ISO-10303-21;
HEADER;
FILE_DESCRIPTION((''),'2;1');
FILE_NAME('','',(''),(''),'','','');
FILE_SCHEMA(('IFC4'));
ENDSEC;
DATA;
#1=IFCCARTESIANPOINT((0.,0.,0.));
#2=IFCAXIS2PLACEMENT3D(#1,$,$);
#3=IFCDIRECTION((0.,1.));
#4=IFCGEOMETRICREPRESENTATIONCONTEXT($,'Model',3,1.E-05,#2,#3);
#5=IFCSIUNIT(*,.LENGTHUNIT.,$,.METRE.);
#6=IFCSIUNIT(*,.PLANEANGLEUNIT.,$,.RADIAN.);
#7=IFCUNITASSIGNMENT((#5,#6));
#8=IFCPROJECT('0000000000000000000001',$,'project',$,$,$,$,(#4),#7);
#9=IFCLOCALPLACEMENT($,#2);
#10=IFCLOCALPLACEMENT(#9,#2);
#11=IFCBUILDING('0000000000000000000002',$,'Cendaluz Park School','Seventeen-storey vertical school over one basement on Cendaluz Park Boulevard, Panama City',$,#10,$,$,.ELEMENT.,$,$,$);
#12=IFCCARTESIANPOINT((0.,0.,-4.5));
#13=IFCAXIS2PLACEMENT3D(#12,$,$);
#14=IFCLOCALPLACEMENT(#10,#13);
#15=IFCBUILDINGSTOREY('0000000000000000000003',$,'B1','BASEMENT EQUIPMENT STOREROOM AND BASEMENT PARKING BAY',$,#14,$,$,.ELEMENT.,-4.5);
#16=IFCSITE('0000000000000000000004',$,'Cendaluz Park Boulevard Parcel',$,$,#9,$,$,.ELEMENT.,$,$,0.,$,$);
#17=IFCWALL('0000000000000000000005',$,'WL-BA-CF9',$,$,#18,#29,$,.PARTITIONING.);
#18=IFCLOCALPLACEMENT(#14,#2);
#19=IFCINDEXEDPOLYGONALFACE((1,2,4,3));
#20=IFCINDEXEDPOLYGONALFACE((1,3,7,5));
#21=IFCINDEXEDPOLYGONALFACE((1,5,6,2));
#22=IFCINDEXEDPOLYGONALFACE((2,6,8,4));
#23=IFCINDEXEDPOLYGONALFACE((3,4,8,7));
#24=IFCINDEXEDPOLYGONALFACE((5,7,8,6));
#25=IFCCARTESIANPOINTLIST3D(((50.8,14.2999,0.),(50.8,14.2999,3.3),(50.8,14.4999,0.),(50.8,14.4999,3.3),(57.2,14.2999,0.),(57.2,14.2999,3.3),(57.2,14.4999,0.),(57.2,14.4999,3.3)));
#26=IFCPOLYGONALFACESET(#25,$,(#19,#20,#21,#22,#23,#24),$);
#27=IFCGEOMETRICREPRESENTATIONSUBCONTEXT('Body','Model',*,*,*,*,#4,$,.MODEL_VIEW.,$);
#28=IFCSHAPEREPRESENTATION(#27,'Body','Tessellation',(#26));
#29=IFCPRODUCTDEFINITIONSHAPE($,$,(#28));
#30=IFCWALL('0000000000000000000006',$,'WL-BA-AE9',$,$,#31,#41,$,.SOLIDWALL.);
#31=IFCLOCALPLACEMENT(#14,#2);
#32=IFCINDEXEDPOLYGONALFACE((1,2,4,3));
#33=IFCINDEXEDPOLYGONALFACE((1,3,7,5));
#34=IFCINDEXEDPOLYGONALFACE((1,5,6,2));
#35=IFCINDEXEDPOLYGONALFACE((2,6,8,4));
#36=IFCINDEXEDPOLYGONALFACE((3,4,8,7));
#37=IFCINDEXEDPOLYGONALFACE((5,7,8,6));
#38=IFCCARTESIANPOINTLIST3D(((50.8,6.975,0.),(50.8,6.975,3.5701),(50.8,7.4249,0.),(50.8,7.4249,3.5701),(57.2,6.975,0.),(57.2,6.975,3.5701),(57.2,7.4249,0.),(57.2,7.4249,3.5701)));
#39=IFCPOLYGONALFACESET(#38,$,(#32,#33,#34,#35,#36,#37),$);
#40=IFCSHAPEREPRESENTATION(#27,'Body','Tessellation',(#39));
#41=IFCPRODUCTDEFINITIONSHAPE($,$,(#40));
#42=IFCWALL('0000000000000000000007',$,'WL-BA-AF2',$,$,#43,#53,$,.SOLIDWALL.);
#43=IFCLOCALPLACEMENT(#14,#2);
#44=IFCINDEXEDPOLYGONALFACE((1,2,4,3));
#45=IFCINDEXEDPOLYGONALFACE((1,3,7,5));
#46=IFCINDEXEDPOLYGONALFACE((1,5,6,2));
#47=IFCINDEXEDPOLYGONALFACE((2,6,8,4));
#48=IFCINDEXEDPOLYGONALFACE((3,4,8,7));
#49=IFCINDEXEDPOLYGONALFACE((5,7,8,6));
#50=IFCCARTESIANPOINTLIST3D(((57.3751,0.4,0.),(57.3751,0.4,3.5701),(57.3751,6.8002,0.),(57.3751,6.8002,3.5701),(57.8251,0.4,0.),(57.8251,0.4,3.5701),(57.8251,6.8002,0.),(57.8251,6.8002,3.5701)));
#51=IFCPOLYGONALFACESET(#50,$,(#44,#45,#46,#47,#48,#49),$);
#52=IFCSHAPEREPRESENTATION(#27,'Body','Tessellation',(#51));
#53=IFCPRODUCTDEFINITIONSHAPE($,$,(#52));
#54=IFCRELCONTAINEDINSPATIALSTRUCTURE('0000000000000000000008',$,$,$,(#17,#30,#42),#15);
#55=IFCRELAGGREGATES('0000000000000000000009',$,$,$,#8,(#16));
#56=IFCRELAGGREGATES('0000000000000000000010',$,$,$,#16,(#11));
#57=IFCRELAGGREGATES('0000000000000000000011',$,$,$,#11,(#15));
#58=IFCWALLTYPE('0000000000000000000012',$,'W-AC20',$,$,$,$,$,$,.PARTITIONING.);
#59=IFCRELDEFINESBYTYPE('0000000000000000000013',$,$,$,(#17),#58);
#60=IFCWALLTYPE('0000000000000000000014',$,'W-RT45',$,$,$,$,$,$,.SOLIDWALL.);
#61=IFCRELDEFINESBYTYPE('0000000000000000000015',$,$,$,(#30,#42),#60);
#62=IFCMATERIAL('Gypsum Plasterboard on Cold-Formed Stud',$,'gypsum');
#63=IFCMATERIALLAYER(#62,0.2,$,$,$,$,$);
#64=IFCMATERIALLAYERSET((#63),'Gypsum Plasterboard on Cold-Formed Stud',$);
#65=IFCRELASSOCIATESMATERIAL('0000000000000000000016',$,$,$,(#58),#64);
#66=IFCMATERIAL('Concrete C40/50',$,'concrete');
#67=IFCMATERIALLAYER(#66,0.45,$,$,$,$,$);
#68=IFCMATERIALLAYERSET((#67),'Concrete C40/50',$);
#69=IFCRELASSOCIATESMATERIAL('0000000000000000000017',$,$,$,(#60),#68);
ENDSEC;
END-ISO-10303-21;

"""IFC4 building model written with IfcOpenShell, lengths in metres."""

from ifc_helpers import new_model, si_unit, direction, frame, frame_2d, origin, place, context, subcontext, project, spatial, rectangle, extrude, material, layer, layer_set, type_object, element, save


model = new_model("IFC4")

# Units and contexts
model_context = context("Model", 3, precision=1e-05, world=origin(), true_north=direction((0.0, 1.0)))
body_context = subcontext(model_context, "Body", "Model", "MODEL_VIEW")
ifc_project = project(units=[si_unit("LENGTHUNIT", "METRE"), si_unit("PLANEANGLEUNIT", "RADIAN")], contexts=[model_context])

# Site, building, storey
site_placement = place(None, origin())
site = spatial("IfcSite", under=ifc_project, at=site_placement, Name="Cendaluz Park Boulevard Parcel", CompositionType="ELEMENT", RefElevation=0.0)
building_placement = place(site_placement, origin())
building = spatial("IfcBuilding", under=site, at=building_placement, Name="Cendaluz Park School", Description="Seventeen-storey vertical school over one basement on Cendaluz Park Boulevard, Panama City", CompositionType="ELEMENT")
storey_placement = place(building_placement, frame((0.0, 0.0, -4.5)))
storey = spatial("IfcBuildingStorey", under=building, at=storey_placement, Name="B1", Description="BASEMENT EQUIPMENT STOREROOM AND BASEMENT PARKING BAY", CompositionType="ELEMENT", Elevation=-4.5)

# Shared definitions
ifc_material_1 = material(Name="Concrete C40/50", Category="concrete")

# Walls
ifc_material_2 = material(Name="Gypsum Plasterboard on Cold-Formed Stud", Category="gypsum")
ifc_layer_1 = layer(ifc_material_2, 0.2)
ifc_layer_set_1 = layer_set([ifc_layer_1], Name="Gypsum Plasterboard on Cold-Formed Stud")
wall_type_1 = type_object("IfcWallType", Name="W-AC20", PredefinedType="PARTITIONING", material=ifc_layer_set_1)
for number, where, z_axis, x_axis, name in (
    (1, (50.8, 14.3999, 0.0), (0.0, 0.0, 1.0), (1.0, 0.0, 0.0), "WL-BA-CF9"),
):
    element("IfcWall", number, at=place(storey_placement, frame(where, z_axis=z_axis, x_axis=x_axis)), inside=storey, type_object=wall_type_1, Name=name, PredefinedType="PARTITIONING", context=body_context, shape_type="SweptSolid", body=[
        extrude(rectangle(XDim=6.3999, YDim=0.2, at=frame_2d((3.2, 0.0))), origin(), (0.0, 0.0, 1.0), 3.3),
    ])
ifc_layer_2 = layer(ifc_material_1, 0.45)
ifc_layer_set_2 = layer_set([ifc_layer_2], Name="Concrete C40/50")
wall_type_2 = type_object("IfcWallType", Name="W-RT45", PredefinedType="SOLIDWALL", material=ifc_layer_set_2)
wall_1_placement = place(storey_placement, frame((50.8, 7.2, 0.0), z_axis=(0.0, 0.0, 1.0), x_axis=(1.0, 0.0, 0.0)))
element("IfcWall", 2, at=wall_1_placement, inside=storey, type_object=wall_type_2, Name="WL-BA-AE9", PredefinedType="SOLIDWALL", context=body_context, shape_type="SweptSolid", body=[
    extrude(rectangle(XDim=6.3999, YDim=0.45, at=frame_2d((3.2, 0.0))), origin(), (0.0, 0.0, 1.0), 3.5701),
])
wall_2_placement = place(storey_placement, frame((57.6001, 0.3999, 0.0), z_axis=(0.0, 0.0, 1.0), x_axis=(0.0, 1.0, 0.0)))
element("IfcWall", 3, at=wall_2_placement, inside=storey, type_object=wall_type_2, Name="WL-BA-AF2", PredefinedType="SOLIDWALL", context=body_context, shape_type="SweptSolid", body=[
    extrude(rectangle(XDim=6.4001, YDim=0.45, at=frame_2d((3.2002, 0.0))), origin(), (0.0, 0.0, 1.0), 3.5701),
])

save(model, "model.ifc")
